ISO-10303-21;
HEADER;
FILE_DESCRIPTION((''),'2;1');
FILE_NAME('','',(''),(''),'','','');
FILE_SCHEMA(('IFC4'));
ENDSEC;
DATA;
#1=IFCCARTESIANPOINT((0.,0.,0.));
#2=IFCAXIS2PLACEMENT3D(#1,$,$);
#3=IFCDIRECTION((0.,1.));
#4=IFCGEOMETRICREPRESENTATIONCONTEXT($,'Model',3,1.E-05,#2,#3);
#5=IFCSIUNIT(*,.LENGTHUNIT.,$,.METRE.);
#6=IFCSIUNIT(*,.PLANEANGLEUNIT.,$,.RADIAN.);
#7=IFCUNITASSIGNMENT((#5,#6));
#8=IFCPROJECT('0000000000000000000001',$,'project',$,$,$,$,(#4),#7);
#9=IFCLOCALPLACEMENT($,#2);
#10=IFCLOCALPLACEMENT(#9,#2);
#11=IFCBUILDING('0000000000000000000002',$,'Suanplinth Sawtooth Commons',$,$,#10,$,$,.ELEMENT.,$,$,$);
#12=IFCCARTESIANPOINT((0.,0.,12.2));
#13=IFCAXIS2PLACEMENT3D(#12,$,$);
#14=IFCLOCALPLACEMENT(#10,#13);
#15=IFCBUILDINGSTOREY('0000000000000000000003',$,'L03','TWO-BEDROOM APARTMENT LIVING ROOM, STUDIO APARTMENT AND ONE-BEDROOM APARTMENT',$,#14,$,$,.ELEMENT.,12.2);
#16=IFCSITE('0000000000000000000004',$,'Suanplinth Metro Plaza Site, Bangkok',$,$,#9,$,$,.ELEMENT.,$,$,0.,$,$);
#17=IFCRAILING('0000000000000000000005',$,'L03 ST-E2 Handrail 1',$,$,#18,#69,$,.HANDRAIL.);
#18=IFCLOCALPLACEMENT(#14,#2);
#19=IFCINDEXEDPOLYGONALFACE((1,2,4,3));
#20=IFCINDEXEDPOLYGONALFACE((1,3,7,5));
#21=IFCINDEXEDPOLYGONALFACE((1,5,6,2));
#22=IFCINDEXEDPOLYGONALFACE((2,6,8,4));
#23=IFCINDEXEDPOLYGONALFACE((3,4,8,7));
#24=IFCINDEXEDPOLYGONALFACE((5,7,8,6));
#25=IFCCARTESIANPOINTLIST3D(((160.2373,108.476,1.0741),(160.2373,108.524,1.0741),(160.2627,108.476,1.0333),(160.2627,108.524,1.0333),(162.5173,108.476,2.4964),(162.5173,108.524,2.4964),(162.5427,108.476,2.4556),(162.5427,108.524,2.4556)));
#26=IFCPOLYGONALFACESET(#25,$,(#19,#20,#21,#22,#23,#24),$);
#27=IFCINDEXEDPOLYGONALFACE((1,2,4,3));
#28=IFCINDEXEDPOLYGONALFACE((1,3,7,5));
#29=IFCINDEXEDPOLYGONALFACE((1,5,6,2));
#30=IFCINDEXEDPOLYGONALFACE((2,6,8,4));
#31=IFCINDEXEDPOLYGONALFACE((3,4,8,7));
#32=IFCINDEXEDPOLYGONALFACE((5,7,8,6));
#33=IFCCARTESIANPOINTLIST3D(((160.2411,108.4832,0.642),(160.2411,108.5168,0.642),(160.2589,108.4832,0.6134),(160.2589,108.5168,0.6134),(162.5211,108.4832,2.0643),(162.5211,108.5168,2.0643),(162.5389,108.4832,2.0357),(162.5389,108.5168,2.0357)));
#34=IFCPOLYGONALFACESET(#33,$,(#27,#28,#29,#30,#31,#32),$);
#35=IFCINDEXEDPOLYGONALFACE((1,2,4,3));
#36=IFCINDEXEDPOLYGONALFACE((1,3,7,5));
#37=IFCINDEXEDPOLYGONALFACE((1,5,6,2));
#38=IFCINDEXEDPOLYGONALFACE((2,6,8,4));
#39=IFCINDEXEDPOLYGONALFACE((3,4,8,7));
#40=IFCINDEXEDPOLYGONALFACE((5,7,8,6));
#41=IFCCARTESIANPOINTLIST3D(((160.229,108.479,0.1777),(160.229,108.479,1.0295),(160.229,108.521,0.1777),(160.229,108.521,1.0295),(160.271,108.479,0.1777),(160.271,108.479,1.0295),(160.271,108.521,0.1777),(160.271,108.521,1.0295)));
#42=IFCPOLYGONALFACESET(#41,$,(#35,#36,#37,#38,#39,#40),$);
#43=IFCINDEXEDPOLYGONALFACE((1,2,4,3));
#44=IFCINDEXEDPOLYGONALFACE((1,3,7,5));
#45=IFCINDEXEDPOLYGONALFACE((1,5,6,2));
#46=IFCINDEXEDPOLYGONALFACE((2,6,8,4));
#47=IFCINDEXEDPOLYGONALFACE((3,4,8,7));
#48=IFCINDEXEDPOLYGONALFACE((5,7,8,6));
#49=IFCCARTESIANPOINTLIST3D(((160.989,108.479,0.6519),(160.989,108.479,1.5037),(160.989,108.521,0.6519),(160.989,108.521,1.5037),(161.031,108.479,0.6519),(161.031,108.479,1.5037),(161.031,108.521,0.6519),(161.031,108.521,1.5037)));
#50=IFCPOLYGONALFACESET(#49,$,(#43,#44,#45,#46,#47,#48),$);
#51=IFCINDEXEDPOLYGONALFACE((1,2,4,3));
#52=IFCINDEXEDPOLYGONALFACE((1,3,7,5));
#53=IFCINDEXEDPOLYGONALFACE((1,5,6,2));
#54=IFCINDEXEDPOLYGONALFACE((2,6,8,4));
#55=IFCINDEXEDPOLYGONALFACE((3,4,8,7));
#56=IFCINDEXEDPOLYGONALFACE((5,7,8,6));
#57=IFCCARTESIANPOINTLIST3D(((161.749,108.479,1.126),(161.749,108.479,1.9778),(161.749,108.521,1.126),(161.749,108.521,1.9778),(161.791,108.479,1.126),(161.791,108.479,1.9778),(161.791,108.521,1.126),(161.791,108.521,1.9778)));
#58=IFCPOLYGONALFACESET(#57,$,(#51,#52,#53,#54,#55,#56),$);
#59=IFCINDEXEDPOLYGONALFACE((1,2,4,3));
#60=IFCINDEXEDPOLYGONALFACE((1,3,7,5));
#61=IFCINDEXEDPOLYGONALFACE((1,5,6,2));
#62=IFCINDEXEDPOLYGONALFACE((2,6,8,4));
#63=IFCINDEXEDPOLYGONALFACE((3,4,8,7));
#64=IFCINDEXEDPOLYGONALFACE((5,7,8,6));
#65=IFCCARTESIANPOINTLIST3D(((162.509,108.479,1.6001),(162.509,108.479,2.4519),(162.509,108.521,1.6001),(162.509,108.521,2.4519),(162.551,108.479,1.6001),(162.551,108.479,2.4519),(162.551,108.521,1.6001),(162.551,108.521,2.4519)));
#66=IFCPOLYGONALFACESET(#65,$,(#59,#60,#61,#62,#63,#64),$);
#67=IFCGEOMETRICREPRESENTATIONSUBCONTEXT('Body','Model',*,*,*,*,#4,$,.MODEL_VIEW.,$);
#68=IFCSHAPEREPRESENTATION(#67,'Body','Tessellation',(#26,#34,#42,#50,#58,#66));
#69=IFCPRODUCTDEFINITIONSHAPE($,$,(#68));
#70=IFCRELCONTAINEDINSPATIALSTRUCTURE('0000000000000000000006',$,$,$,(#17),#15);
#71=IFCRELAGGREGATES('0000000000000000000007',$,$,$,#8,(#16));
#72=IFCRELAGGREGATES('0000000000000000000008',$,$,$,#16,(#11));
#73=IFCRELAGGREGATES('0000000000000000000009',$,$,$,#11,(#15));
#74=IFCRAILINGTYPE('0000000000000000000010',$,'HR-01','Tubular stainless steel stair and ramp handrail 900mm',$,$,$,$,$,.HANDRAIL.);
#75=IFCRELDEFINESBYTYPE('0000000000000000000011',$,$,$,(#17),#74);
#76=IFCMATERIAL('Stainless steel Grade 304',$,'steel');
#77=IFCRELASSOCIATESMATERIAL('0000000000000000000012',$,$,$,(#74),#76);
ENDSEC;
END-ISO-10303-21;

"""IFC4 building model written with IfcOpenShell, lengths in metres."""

from ifc_helpers import new_model, si_unit, direction, frame, origin, origin_2d, place, context, subcontext, project, spatial, rectangle, extrude, material, type_object, element, save


model = new_model("IFC4")

# Units and contexts
model_context = context("Model", 3, precision=1e-05, world=origin(), true_north=direction((0.0, 1.0)))
body_context = subcontext(model_context, "Body", "Model", "MODEL_VIEW")
ifc_project = project(units=[si_unit("LENGTHUNIT", "METRE"), si_unit("PLANEANGLEUNIT", "RADIAN")], contexts=[model_context])

# Site, building, storey
site_placement = place(None, origin())
site = spatial("IfcSite", under=ifc_project, at=site_placement, Name="Suanplinth Metro Plaza Site, Bangkok", CompositionType="ELEMENT", RefElevation=0.0)
building_placement = place(site_placement, origin())
building = spatial("IfcBuilding", under=site, at=building_placement, Name="Suanplinth Sawtooth Commons", CompositionType="ELEMENT")
storey_placement = place(building_placement, frame((0.0, 0.0, 12.2)))
storey = spatial("IfcBuildingStorey", under=building, at=storey_placement, Name="L03", Description="TWO-BEDROOM APARTMENT LIVING ROOM, STUDIO APARTMENT AND ONE-BEDROOM APARTMENT", CompositionType="ELEMENT", Elevation=12.2)

# Shared definitions
ifc_material_1 = material(Name="Stainless steel Grade 304", Category="steel")

# Railing
railing_type_1 = type_object("IfcRailingType", Name="HR-01", Description="Tubular stainless steel stair and ramp handrail 900mm", PredefinedType="HANDRAIL", material=ifc_material_1)
railing_1_placement = place(storey_placement, frame((160.25, 108.5, 0.1777)))
element("IfcRailing", 1, at=railing_1_placement, inside=storey, type_object=railing_type_1, Name="L03 ST-E2 Handrail 1", PredefinedType="HANDRAIL", context=body_context, shape_type="SweptSolid", body=[
    extrude(rectangle(XDim=0.0481, YDim=0.0481, at=origin_2d()), frame((0.0, 0.0, 0.876), z_axis=(0.848442, 0.0, 0.529288), x_axis=(0.0, 1.0, 0.0)), (0.0, 0.0, 1.0), 2.6873),
    extrude(rectangle(XDim=0.0337, YDim=0.0337, at=origin_2d()), frame((0.0, 0.0, 0.45), z_axis=(0.848442, 0.0, 0.529288), x_axis=(0.0, 1.0, 0.0)), (0.0, 0.0, 1.0), 2.6873),
    extrude(rectangle(XDim=0.042, YDim=0.042, at=origin_2d()), origin(), (0.0, 0.0, 1.0), 0.8518),
    extrude(rectangle(XDim=0.042, YDim=0.042, at=origin_2d()), frame((0.76, 0.0, 0.4741)), (0.0, 0.0, 1.0), 0.8518),
    extrude(rectangle(XDim=0.042, YDim=0.042, at=origin_2d()), frame((1.52, 0.0, 0.9482)), (0.0, 0.0, 1.0), 0.8518),
    extrude(rectangle(XDim=0.042, YDim=0.042, at=origin_2d()), frame((2.28, 0.0, 1.4224)), (0.0, 0.0, 1.0), 0.8518),
])

save(model, "model.ifc")
